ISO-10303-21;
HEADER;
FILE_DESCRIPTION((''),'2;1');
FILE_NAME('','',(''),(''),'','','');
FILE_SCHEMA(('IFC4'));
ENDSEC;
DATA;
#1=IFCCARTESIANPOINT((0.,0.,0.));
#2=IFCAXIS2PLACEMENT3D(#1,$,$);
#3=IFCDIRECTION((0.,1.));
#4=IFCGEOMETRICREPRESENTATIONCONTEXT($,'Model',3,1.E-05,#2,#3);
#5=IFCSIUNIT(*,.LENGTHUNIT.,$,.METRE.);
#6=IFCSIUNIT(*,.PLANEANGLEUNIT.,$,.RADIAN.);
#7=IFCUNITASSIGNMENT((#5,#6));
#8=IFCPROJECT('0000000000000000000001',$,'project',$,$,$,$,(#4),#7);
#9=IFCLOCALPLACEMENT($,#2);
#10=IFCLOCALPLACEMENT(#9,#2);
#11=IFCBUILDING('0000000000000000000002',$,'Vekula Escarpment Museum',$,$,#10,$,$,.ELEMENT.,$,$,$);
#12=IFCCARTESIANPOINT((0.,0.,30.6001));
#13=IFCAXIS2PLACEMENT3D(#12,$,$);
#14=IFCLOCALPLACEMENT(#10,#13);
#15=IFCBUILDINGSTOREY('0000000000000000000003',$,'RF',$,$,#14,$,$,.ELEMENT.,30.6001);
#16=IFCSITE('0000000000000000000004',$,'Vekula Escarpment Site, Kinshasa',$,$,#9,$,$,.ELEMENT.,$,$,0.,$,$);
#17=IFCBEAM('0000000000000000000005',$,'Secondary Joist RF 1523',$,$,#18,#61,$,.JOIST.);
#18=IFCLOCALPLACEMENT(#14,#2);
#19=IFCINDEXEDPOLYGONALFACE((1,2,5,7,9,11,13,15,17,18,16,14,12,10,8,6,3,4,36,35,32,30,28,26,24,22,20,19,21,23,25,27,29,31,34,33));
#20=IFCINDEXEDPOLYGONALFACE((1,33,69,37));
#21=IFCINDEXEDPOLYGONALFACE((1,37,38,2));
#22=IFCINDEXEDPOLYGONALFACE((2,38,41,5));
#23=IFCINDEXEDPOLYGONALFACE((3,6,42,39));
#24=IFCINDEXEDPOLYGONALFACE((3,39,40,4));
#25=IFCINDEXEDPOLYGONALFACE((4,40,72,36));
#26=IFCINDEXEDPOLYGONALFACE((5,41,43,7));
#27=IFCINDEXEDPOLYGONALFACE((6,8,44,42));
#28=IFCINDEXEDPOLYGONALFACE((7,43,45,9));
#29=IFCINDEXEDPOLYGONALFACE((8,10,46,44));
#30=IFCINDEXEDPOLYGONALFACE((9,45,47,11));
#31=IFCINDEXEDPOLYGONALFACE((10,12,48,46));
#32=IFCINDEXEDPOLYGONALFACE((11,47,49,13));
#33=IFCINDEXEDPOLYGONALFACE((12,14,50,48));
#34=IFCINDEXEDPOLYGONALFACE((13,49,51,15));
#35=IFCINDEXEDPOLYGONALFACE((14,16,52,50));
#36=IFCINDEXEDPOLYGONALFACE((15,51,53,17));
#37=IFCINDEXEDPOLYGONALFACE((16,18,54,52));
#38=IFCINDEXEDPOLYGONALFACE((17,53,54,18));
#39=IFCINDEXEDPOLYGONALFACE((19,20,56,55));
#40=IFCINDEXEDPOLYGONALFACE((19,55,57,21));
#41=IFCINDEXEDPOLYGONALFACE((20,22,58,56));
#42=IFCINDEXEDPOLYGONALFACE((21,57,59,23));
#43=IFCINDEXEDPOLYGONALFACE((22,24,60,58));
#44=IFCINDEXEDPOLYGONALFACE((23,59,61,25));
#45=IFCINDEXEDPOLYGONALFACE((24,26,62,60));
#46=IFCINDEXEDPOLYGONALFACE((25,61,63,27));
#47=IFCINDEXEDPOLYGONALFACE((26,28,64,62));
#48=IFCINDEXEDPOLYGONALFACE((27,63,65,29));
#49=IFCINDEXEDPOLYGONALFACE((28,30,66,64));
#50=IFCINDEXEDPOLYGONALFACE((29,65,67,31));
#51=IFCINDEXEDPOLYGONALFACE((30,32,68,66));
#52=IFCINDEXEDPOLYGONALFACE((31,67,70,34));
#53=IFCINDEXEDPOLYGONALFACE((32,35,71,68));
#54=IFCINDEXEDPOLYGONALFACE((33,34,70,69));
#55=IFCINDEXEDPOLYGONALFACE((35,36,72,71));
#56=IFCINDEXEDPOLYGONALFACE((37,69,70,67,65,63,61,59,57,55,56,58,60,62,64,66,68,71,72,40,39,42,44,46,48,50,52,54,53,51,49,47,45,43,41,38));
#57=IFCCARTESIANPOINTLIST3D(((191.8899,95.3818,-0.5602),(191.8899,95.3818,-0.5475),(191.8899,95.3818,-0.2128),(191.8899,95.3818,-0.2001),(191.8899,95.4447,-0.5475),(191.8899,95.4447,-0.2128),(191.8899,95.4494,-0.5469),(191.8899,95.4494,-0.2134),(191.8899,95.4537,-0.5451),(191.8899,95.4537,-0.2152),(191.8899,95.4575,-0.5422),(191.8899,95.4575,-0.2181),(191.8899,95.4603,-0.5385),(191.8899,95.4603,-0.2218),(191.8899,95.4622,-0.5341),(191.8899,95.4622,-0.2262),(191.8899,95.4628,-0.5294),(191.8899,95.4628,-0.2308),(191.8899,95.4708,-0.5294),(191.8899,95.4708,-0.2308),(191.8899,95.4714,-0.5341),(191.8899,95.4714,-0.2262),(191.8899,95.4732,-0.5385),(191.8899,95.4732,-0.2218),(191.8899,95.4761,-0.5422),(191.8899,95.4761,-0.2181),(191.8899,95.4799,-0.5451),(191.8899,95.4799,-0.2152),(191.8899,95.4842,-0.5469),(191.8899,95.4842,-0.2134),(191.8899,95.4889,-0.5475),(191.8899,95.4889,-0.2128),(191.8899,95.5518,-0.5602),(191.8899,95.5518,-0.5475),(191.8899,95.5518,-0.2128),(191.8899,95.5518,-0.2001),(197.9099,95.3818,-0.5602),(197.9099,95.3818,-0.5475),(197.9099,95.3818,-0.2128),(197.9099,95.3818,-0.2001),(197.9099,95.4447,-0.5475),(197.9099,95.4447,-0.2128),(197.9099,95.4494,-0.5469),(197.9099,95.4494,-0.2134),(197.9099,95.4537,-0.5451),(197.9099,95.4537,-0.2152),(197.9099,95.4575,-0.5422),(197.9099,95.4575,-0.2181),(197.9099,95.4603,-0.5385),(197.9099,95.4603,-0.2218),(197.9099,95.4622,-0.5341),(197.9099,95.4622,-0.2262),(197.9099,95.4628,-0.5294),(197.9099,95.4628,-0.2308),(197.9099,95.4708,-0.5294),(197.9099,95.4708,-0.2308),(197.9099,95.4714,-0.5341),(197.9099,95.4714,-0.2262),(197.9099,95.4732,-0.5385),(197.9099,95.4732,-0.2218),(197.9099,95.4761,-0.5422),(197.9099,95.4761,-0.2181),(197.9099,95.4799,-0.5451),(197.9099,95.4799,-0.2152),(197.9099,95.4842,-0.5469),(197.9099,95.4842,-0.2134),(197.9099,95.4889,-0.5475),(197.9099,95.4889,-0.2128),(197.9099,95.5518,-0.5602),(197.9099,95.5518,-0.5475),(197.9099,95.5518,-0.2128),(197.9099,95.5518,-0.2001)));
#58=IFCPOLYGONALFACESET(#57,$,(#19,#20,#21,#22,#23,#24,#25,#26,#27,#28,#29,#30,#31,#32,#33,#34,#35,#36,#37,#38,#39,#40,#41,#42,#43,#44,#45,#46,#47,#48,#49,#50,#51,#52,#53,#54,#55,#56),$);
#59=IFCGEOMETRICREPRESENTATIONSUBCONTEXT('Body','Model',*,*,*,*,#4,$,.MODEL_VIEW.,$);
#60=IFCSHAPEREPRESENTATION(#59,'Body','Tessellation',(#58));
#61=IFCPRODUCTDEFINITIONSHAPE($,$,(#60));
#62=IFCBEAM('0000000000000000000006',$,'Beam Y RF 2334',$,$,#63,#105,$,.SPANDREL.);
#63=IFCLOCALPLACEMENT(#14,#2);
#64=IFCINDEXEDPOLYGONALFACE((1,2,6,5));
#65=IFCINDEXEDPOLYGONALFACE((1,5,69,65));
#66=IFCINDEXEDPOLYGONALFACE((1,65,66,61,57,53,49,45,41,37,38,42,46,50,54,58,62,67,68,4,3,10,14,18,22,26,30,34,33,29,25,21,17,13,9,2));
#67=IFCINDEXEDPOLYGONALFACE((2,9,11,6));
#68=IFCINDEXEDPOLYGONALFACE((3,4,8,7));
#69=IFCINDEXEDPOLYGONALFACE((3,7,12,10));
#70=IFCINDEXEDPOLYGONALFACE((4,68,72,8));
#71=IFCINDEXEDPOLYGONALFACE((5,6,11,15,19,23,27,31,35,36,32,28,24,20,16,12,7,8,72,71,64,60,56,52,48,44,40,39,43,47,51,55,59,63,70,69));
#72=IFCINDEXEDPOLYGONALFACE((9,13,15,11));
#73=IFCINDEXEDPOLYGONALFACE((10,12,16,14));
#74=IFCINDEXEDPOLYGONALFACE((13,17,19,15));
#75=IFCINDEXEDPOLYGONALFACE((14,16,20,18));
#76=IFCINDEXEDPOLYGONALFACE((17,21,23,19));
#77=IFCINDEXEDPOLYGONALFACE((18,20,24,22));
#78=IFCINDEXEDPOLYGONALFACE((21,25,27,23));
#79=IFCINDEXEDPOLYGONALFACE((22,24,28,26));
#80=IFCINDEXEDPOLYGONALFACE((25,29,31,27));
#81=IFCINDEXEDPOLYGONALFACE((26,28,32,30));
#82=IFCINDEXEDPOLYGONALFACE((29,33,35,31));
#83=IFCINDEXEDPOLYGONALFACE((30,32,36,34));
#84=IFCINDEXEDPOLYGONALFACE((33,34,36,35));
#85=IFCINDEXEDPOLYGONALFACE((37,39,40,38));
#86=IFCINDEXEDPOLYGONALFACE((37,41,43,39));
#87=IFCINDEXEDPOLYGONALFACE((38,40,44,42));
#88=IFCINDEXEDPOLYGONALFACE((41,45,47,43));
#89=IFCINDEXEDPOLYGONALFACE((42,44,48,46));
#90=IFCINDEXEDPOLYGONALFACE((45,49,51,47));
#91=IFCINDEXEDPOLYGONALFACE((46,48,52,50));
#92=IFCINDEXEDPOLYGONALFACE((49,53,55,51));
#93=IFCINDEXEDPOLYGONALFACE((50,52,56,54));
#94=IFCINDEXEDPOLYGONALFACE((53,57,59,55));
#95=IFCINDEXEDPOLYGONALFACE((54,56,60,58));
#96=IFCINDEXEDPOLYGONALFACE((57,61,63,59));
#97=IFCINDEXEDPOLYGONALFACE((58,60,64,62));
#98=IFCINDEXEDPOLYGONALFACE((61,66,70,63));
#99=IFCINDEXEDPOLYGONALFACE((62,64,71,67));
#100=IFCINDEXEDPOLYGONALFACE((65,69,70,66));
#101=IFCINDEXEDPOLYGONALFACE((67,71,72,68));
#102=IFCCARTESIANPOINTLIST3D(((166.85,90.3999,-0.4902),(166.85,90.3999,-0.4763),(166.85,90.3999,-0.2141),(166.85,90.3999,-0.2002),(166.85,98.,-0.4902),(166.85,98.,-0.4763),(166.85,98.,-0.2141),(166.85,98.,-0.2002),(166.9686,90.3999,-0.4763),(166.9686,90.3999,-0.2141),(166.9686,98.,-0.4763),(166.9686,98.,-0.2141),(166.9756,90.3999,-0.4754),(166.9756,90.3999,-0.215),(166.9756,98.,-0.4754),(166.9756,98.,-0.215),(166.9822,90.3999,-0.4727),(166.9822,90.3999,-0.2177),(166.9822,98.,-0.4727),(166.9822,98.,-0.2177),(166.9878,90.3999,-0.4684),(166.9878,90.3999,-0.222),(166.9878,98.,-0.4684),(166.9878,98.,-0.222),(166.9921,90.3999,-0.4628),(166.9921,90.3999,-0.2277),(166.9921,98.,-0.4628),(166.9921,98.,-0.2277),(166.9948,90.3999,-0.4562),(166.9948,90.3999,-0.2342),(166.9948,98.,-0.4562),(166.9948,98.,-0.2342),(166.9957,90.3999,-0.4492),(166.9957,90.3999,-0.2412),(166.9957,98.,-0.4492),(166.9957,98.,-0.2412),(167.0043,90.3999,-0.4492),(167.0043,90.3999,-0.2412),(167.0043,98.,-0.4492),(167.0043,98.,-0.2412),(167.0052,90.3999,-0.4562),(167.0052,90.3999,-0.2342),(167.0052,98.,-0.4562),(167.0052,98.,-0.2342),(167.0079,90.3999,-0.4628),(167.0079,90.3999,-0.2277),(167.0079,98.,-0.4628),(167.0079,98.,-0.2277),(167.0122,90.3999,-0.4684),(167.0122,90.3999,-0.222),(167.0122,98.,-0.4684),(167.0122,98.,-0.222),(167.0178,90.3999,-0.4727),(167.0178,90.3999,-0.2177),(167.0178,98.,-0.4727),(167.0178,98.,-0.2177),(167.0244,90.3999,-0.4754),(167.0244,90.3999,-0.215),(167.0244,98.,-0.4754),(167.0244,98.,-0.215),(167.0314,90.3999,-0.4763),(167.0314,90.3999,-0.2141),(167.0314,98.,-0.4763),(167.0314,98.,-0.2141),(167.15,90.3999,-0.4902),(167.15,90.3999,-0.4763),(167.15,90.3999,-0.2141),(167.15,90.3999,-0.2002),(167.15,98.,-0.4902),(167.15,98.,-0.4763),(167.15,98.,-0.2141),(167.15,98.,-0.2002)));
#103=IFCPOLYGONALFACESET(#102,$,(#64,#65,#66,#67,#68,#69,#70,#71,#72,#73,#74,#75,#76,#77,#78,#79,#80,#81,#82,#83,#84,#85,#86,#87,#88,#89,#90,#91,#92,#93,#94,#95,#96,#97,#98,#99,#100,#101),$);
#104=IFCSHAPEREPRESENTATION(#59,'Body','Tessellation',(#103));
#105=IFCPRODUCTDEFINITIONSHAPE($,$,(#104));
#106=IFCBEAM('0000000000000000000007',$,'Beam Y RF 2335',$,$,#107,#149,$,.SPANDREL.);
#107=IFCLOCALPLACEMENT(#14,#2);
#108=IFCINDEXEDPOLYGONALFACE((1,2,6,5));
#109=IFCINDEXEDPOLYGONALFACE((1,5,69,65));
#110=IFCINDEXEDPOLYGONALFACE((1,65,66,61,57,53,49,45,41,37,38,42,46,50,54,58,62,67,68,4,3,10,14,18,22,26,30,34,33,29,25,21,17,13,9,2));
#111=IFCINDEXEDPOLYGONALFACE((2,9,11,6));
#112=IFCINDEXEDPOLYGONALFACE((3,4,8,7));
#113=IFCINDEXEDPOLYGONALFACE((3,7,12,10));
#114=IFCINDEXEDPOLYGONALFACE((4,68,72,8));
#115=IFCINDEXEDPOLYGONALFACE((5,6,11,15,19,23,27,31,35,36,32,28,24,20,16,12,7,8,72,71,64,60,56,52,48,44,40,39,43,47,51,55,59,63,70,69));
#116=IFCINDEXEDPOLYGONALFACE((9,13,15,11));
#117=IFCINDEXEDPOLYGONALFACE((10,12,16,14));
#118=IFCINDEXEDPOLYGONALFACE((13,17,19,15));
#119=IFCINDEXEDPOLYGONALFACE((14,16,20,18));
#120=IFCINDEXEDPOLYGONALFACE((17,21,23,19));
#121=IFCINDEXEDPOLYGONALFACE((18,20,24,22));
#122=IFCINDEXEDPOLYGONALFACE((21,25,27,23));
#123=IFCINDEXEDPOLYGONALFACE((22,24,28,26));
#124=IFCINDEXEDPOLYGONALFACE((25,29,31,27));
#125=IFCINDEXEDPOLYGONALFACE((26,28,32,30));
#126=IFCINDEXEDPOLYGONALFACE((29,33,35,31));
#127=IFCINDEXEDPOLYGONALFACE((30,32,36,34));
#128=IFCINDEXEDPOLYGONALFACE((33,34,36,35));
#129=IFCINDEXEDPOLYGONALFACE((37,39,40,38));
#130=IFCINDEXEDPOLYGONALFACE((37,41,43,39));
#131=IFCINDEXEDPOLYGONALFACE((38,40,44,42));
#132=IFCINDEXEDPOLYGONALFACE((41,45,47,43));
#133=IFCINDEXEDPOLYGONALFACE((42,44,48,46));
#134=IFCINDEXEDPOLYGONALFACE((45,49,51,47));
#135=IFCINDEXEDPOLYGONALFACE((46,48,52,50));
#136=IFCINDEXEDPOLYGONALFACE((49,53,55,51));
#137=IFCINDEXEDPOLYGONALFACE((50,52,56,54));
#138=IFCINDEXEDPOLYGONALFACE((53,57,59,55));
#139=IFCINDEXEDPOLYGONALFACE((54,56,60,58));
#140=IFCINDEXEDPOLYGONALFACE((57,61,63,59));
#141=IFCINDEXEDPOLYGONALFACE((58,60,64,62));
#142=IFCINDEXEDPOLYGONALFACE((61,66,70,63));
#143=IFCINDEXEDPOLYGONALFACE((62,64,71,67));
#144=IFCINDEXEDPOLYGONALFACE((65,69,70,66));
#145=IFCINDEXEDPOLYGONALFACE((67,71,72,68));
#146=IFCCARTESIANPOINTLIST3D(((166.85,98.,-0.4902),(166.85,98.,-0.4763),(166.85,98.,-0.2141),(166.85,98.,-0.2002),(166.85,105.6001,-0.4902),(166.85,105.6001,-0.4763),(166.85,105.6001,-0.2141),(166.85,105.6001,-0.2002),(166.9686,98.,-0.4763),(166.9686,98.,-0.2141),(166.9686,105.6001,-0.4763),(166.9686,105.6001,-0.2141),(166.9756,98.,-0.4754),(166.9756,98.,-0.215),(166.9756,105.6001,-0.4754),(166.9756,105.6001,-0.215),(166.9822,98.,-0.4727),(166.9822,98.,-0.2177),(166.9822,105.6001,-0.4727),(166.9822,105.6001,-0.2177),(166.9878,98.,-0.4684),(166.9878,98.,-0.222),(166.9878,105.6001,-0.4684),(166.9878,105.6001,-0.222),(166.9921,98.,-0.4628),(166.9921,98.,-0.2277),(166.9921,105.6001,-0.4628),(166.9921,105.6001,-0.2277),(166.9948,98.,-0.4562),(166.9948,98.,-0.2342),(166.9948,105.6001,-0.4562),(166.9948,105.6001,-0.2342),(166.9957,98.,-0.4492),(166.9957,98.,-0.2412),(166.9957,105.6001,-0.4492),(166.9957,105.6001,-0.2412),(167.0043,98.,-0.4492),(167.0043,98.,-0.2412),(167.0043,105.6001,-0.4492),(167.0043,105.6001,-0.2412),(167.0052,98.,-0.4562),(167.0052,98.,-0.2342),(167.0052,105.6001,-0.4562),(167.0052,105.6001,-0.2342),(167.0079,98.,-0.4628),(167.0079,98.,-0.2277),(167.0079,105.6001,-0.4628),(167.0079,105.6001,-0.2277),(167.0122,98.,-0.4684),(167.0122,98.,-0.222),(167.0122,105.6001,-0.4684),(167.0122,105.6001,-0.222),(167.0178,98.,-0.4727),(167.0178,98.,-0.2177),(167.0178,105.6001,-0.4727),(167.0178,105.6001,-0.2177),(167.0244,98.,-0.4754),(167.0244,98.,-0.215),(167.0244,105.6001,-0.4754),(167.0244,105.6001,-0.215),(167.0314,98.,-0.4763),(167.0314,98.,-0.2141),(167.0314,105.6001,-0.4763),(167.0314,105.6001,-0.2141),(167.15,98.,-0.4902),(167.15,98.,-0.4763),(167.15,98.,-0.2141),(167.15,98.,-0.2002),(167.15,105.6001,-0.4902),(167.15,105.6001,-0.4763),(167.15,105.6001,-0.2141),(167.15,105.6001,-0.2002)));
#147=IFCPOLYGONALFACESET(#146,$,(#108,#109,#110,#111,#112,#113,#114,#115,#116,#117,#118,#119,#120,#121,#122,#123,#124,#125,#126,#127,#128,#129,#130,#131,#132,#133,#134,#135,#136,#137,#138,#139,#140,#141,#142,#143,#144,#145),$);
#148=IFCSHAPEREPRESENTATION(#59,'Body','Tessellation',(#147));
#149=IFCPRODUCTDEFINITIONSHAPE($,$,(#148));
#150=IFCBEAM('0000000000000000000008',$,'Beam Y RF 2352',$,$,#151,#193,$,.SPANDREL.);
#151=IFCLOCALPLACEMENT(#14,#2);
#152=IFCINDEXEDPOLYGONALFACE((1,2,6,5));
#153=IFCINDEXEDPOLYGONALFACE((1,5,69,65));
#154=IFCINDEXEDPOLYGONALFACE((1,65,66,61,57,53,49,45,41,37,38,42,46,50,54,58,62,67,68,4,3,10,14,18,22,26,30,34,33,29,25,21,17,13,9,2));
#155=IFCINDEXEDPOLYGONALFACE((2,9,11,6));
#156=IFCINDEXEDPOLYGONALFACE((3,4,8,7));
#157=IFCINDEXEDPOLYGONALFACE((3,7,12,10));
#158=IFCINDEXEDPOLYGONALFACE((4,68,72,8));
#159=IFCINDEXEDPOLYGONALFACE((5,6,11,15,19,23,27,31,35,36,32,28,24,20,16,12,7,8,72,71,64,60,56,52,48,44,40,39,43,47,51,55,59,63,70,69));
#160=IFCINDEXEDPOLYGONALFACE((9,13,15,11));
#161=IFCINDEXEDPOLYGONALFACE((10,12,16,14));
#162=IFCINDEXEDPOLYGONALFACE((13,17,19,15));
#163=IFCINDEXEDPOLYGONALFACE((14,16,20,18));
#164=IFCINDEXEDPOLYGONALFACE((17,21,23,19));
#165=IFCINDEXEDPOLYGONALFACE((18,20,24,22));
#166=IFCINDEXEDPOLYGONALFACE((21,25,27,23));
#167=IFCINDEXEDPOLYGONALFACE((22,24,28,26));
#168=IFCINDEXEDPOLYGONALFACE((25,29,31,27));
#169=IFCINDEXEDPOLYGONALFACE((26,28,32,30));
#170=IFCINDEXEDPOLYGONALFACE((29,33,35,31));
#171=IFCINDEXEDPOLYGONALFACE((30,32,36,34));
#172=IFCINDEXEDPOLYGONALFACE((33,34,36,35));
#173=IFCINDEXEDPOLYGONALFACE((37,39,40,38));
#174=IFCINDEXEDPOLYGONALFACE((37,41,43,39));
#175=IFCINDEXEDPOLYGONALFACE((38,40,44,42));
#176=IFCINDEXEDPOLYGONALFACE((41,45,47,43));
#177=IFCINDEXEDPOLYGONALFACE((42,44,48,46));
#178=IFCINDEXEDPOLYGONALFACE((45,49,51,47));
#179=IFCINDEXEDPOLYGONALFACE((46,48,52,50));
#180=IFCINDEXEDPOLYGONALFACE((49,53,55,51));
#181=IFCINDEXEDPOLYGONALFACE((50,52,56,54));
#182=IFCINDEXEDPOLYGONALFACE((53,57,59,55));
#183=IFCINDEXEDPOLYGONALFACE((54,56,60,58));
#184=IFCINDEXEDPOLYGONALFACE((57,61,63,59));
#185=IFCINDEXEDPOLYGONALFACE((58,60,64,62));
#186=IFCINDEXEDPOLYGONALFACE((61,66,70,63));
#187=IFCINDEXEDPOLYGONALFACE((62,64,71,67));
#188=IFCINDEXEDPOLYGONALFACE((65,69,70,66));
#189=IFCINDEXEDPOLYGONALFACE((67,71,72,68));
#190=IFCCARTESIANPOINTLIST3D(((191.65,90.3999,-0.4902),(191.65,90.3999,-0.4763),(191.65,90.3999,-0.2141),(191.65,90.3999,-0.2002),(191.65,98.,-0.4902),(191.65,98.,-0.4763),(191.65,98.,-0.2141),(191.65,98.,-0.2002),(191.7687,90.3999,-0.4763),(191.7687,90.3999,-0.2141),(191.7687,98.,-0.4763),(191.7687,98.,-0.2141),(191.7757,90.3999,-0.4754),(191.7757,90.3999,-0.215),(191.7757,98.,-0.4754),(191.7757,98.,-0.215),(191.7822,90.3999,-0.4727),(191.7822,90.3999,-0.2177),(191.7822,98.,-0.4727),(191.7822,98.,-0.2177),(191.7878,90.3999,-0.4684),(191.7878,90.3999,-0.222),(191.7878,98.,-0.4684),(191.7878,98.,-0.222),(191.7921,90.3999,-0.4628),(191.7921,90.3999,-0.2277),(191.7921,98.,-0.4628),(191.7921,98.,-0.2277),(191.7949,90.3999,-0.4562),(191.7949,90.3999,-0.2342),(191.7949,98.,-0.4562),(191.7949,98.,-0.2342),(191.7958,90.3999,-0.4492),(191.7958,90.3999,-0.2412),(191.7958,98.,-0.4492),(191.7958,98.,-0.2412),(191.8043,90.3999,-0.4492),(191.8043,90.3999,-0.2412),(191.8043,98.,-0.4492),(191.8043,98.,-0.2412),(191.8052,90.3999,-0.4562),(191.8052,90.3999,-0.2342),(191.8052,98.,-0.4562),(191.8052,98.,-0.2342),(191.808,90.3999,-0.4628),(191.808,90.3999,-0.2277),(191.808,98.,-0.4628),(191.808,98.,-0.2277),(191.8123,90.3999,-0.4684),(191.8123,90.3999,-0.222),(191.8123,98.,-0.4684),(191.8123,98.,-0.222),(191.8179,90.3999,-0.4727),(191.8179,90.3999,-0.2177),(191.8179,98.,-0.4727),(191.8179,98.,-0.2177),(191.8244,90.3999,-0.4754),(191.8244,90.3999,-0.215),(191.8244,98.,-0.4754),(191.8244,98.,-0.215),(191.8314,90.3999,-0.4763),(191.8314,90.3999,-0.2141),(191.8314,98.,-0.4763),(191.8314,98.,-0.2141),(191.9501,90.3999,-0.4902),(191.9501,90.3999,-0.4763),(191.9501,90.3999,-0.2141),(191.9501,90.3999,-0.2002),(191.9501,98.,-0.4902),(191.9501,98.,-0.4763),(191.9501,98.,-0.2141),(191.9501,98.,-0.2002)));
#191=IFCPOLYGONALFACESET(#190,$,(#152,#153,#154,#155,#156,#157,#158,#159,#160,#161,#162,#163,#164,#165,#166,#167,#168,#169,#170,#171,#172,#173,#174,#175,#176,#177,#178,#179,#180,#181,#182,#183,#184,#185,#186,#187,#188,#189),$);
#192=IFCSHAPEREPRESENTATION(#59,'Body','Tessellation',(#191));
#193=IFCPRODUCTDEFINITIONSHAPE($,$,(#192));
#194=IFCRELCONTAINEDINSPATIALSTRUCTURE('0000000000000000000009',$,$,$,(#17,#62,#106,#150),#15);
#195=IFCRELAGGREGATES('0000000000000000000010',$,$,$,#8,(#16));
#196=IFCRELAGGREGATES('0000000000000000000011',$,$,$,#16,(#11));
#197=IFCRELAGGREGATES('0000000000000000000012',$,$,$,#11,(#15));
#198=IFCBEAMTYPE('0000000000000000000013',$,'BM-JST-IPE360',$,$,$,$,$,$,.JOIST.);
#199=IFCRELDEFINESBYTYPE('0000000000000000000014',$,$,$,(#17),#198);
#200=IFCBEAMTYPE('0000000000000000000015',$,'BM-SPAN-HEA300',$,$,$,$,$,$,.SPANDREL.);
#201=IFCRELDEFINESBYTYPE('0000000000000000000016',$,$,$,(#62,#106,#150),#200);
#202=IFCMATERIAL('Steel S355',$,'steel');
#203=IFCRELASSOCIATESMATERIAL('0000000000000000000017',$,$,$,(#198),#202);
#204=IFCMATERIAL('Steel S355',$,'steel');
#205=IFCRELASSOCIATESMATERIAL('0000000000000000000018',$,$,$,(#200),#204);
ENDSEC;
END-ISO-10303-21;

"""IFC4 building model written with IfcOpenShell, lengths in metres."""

from ifc_helpers import new_model, si_unit, direction, frame, origin, origin_2d, place, context, subcontext, project, spatial, i_section, extrude, material, material_profile, profile_set, type_object, element, save


model = new_model("IFC4")

# Units and contexts
model_context = context("Model", 3, precision=1e-05, world=origin(), true_north=direction((0.0, 1.0)))
body_context = subcontext(model_context, "Body", "Model", "MODEL_VIEW")
ifc_project = project(units=[si_unit("LENGTHUNIT", "METRE"), si_unit("PLANEANGLEUNIT", "RADIAN")], contexts=[model_context])

# Site, building, storey
site_placement = place(None, origin())
site = spatial("IfcSite", under=ifc_project, at=site_placement, Name="Vekula Escarpment Site, Kinshasa", CompositionType="ELEMENT", RefElevation=0.0)
building_placement = place(site_placement, origin())
building = spatial("IfcBuilding", under=site, at=building_placement, Name="Vekula Escarpment Museum", CompositionType="ELEMENT")
storey_placement = place(building_placement, frame((0.0, 0.0, 30.6001)))
storey = spatial("IfcBuildingStorey", under=building, at=storey_placement, Name="RF", CompositionType="ELEMENT", Elevation=30.6001)

# Beams
ifc_material_1 = material(Name="Steel S355", Category="steel")
ifc_material_profile_1 = material_profile(ifc_material_1, i_section(OverallWidth=0.1699, OverallDepth=0.3601, WebThickness=0.0081, FlangeThickness=0.0127, FilletRadius=0.0181, at=origin_2d()), Name="IPE 360")
ifc_profile_set_1 = profile_set([ifc_material_profile_1], Name="Steel S355")
beam_type_1 = type_object("IfcBeamType", Name="BM-JST-IPE360", PredefinedType="JOIST", material=ifc_profile_set_1)
for number, where, z_axis, x_axis, name in (
    (1, (191.8899, 95.4668, -0.3801), (1.0, 0.0, 0.0), (0.0, 1.0, 0.0), "Secondary Joist RF 1523"),
):
    element("IfcBeam", number, at=place(storey_placement, frame(where, z_axis=z_axis, x_axis=x_axis)), inside=storey, type_object=beam_type_1, Name=name, PredefinedType="JOIST", context=body_context, shape_type="SweptSolid", body=[
        extrude(i_section(OverallWidth=0.1699, OverallDepth=0.3601, WebThickness=0.0081, FlangeThickness=0.0127, FilletRadius=0.0181, at=origin_2d()), origin(), (0.0, 0.0, 1.0), 6.02),
    ])
ifc_material_2 = material(Name="Steel S355", Category="steel")
ifc_material_profile_2 = material_profile(ifc_material_2, i_section(OverallWidth=0.3, OverallDepth=0.29, WebThickness=0.0085, FlangeThickness=0.0139, FilletRadius=0.0271, at=origin_2d()), Name="HEA 300")
ifc_profile_set_2 = profile_set([ifc_material_profile_2], Name="Steel S355")
beam_type_2 = type_object("IfcBeamType", Name="BM-SPAN-HEA300", PredefinedType="SPANDREL", material=ifc_profile_set_2)
for number, where, z_axis, x_axis, name in (
    (2, (167.0, 90.3999, -0.3452), (0.0, 1.0, 0.0), (-1.0, 0.0, 0.0), "Beam Y RF 2334"),
    (3, (167.0, 98.0, -0.3452), (0.0, 1.0, 0.0), (-1.0, 0.0, 0.0), "Beam Y RF 2335"),
    (4, (191.8, 90.3999, -0.3452), (0.0, 1.0, 0.0), (-1.0, 0.0, 0.0), "Beam Y RF 2352"),
):
    element("IfcBeam", number, at=place(storey_placement, frame(where, z_axis=z_axis, x_axis=x_axis)), inside=storey, type_object=beam_type_2, Name=name, PredefinedType="SPANDREL", context=body_context, shape_type="SweptSolid", body=[
        extrude(i_section(OverallWidth=0.3, OverallDepth=0.29, WebThickness=0.0085, FlangeThickness=0.0139, FilletRadius=0.0271, at=origin_2d()), origin(), (0.0, 0.0, 1.0), 7.6001),
    ])

save(model, "model.ifc")
